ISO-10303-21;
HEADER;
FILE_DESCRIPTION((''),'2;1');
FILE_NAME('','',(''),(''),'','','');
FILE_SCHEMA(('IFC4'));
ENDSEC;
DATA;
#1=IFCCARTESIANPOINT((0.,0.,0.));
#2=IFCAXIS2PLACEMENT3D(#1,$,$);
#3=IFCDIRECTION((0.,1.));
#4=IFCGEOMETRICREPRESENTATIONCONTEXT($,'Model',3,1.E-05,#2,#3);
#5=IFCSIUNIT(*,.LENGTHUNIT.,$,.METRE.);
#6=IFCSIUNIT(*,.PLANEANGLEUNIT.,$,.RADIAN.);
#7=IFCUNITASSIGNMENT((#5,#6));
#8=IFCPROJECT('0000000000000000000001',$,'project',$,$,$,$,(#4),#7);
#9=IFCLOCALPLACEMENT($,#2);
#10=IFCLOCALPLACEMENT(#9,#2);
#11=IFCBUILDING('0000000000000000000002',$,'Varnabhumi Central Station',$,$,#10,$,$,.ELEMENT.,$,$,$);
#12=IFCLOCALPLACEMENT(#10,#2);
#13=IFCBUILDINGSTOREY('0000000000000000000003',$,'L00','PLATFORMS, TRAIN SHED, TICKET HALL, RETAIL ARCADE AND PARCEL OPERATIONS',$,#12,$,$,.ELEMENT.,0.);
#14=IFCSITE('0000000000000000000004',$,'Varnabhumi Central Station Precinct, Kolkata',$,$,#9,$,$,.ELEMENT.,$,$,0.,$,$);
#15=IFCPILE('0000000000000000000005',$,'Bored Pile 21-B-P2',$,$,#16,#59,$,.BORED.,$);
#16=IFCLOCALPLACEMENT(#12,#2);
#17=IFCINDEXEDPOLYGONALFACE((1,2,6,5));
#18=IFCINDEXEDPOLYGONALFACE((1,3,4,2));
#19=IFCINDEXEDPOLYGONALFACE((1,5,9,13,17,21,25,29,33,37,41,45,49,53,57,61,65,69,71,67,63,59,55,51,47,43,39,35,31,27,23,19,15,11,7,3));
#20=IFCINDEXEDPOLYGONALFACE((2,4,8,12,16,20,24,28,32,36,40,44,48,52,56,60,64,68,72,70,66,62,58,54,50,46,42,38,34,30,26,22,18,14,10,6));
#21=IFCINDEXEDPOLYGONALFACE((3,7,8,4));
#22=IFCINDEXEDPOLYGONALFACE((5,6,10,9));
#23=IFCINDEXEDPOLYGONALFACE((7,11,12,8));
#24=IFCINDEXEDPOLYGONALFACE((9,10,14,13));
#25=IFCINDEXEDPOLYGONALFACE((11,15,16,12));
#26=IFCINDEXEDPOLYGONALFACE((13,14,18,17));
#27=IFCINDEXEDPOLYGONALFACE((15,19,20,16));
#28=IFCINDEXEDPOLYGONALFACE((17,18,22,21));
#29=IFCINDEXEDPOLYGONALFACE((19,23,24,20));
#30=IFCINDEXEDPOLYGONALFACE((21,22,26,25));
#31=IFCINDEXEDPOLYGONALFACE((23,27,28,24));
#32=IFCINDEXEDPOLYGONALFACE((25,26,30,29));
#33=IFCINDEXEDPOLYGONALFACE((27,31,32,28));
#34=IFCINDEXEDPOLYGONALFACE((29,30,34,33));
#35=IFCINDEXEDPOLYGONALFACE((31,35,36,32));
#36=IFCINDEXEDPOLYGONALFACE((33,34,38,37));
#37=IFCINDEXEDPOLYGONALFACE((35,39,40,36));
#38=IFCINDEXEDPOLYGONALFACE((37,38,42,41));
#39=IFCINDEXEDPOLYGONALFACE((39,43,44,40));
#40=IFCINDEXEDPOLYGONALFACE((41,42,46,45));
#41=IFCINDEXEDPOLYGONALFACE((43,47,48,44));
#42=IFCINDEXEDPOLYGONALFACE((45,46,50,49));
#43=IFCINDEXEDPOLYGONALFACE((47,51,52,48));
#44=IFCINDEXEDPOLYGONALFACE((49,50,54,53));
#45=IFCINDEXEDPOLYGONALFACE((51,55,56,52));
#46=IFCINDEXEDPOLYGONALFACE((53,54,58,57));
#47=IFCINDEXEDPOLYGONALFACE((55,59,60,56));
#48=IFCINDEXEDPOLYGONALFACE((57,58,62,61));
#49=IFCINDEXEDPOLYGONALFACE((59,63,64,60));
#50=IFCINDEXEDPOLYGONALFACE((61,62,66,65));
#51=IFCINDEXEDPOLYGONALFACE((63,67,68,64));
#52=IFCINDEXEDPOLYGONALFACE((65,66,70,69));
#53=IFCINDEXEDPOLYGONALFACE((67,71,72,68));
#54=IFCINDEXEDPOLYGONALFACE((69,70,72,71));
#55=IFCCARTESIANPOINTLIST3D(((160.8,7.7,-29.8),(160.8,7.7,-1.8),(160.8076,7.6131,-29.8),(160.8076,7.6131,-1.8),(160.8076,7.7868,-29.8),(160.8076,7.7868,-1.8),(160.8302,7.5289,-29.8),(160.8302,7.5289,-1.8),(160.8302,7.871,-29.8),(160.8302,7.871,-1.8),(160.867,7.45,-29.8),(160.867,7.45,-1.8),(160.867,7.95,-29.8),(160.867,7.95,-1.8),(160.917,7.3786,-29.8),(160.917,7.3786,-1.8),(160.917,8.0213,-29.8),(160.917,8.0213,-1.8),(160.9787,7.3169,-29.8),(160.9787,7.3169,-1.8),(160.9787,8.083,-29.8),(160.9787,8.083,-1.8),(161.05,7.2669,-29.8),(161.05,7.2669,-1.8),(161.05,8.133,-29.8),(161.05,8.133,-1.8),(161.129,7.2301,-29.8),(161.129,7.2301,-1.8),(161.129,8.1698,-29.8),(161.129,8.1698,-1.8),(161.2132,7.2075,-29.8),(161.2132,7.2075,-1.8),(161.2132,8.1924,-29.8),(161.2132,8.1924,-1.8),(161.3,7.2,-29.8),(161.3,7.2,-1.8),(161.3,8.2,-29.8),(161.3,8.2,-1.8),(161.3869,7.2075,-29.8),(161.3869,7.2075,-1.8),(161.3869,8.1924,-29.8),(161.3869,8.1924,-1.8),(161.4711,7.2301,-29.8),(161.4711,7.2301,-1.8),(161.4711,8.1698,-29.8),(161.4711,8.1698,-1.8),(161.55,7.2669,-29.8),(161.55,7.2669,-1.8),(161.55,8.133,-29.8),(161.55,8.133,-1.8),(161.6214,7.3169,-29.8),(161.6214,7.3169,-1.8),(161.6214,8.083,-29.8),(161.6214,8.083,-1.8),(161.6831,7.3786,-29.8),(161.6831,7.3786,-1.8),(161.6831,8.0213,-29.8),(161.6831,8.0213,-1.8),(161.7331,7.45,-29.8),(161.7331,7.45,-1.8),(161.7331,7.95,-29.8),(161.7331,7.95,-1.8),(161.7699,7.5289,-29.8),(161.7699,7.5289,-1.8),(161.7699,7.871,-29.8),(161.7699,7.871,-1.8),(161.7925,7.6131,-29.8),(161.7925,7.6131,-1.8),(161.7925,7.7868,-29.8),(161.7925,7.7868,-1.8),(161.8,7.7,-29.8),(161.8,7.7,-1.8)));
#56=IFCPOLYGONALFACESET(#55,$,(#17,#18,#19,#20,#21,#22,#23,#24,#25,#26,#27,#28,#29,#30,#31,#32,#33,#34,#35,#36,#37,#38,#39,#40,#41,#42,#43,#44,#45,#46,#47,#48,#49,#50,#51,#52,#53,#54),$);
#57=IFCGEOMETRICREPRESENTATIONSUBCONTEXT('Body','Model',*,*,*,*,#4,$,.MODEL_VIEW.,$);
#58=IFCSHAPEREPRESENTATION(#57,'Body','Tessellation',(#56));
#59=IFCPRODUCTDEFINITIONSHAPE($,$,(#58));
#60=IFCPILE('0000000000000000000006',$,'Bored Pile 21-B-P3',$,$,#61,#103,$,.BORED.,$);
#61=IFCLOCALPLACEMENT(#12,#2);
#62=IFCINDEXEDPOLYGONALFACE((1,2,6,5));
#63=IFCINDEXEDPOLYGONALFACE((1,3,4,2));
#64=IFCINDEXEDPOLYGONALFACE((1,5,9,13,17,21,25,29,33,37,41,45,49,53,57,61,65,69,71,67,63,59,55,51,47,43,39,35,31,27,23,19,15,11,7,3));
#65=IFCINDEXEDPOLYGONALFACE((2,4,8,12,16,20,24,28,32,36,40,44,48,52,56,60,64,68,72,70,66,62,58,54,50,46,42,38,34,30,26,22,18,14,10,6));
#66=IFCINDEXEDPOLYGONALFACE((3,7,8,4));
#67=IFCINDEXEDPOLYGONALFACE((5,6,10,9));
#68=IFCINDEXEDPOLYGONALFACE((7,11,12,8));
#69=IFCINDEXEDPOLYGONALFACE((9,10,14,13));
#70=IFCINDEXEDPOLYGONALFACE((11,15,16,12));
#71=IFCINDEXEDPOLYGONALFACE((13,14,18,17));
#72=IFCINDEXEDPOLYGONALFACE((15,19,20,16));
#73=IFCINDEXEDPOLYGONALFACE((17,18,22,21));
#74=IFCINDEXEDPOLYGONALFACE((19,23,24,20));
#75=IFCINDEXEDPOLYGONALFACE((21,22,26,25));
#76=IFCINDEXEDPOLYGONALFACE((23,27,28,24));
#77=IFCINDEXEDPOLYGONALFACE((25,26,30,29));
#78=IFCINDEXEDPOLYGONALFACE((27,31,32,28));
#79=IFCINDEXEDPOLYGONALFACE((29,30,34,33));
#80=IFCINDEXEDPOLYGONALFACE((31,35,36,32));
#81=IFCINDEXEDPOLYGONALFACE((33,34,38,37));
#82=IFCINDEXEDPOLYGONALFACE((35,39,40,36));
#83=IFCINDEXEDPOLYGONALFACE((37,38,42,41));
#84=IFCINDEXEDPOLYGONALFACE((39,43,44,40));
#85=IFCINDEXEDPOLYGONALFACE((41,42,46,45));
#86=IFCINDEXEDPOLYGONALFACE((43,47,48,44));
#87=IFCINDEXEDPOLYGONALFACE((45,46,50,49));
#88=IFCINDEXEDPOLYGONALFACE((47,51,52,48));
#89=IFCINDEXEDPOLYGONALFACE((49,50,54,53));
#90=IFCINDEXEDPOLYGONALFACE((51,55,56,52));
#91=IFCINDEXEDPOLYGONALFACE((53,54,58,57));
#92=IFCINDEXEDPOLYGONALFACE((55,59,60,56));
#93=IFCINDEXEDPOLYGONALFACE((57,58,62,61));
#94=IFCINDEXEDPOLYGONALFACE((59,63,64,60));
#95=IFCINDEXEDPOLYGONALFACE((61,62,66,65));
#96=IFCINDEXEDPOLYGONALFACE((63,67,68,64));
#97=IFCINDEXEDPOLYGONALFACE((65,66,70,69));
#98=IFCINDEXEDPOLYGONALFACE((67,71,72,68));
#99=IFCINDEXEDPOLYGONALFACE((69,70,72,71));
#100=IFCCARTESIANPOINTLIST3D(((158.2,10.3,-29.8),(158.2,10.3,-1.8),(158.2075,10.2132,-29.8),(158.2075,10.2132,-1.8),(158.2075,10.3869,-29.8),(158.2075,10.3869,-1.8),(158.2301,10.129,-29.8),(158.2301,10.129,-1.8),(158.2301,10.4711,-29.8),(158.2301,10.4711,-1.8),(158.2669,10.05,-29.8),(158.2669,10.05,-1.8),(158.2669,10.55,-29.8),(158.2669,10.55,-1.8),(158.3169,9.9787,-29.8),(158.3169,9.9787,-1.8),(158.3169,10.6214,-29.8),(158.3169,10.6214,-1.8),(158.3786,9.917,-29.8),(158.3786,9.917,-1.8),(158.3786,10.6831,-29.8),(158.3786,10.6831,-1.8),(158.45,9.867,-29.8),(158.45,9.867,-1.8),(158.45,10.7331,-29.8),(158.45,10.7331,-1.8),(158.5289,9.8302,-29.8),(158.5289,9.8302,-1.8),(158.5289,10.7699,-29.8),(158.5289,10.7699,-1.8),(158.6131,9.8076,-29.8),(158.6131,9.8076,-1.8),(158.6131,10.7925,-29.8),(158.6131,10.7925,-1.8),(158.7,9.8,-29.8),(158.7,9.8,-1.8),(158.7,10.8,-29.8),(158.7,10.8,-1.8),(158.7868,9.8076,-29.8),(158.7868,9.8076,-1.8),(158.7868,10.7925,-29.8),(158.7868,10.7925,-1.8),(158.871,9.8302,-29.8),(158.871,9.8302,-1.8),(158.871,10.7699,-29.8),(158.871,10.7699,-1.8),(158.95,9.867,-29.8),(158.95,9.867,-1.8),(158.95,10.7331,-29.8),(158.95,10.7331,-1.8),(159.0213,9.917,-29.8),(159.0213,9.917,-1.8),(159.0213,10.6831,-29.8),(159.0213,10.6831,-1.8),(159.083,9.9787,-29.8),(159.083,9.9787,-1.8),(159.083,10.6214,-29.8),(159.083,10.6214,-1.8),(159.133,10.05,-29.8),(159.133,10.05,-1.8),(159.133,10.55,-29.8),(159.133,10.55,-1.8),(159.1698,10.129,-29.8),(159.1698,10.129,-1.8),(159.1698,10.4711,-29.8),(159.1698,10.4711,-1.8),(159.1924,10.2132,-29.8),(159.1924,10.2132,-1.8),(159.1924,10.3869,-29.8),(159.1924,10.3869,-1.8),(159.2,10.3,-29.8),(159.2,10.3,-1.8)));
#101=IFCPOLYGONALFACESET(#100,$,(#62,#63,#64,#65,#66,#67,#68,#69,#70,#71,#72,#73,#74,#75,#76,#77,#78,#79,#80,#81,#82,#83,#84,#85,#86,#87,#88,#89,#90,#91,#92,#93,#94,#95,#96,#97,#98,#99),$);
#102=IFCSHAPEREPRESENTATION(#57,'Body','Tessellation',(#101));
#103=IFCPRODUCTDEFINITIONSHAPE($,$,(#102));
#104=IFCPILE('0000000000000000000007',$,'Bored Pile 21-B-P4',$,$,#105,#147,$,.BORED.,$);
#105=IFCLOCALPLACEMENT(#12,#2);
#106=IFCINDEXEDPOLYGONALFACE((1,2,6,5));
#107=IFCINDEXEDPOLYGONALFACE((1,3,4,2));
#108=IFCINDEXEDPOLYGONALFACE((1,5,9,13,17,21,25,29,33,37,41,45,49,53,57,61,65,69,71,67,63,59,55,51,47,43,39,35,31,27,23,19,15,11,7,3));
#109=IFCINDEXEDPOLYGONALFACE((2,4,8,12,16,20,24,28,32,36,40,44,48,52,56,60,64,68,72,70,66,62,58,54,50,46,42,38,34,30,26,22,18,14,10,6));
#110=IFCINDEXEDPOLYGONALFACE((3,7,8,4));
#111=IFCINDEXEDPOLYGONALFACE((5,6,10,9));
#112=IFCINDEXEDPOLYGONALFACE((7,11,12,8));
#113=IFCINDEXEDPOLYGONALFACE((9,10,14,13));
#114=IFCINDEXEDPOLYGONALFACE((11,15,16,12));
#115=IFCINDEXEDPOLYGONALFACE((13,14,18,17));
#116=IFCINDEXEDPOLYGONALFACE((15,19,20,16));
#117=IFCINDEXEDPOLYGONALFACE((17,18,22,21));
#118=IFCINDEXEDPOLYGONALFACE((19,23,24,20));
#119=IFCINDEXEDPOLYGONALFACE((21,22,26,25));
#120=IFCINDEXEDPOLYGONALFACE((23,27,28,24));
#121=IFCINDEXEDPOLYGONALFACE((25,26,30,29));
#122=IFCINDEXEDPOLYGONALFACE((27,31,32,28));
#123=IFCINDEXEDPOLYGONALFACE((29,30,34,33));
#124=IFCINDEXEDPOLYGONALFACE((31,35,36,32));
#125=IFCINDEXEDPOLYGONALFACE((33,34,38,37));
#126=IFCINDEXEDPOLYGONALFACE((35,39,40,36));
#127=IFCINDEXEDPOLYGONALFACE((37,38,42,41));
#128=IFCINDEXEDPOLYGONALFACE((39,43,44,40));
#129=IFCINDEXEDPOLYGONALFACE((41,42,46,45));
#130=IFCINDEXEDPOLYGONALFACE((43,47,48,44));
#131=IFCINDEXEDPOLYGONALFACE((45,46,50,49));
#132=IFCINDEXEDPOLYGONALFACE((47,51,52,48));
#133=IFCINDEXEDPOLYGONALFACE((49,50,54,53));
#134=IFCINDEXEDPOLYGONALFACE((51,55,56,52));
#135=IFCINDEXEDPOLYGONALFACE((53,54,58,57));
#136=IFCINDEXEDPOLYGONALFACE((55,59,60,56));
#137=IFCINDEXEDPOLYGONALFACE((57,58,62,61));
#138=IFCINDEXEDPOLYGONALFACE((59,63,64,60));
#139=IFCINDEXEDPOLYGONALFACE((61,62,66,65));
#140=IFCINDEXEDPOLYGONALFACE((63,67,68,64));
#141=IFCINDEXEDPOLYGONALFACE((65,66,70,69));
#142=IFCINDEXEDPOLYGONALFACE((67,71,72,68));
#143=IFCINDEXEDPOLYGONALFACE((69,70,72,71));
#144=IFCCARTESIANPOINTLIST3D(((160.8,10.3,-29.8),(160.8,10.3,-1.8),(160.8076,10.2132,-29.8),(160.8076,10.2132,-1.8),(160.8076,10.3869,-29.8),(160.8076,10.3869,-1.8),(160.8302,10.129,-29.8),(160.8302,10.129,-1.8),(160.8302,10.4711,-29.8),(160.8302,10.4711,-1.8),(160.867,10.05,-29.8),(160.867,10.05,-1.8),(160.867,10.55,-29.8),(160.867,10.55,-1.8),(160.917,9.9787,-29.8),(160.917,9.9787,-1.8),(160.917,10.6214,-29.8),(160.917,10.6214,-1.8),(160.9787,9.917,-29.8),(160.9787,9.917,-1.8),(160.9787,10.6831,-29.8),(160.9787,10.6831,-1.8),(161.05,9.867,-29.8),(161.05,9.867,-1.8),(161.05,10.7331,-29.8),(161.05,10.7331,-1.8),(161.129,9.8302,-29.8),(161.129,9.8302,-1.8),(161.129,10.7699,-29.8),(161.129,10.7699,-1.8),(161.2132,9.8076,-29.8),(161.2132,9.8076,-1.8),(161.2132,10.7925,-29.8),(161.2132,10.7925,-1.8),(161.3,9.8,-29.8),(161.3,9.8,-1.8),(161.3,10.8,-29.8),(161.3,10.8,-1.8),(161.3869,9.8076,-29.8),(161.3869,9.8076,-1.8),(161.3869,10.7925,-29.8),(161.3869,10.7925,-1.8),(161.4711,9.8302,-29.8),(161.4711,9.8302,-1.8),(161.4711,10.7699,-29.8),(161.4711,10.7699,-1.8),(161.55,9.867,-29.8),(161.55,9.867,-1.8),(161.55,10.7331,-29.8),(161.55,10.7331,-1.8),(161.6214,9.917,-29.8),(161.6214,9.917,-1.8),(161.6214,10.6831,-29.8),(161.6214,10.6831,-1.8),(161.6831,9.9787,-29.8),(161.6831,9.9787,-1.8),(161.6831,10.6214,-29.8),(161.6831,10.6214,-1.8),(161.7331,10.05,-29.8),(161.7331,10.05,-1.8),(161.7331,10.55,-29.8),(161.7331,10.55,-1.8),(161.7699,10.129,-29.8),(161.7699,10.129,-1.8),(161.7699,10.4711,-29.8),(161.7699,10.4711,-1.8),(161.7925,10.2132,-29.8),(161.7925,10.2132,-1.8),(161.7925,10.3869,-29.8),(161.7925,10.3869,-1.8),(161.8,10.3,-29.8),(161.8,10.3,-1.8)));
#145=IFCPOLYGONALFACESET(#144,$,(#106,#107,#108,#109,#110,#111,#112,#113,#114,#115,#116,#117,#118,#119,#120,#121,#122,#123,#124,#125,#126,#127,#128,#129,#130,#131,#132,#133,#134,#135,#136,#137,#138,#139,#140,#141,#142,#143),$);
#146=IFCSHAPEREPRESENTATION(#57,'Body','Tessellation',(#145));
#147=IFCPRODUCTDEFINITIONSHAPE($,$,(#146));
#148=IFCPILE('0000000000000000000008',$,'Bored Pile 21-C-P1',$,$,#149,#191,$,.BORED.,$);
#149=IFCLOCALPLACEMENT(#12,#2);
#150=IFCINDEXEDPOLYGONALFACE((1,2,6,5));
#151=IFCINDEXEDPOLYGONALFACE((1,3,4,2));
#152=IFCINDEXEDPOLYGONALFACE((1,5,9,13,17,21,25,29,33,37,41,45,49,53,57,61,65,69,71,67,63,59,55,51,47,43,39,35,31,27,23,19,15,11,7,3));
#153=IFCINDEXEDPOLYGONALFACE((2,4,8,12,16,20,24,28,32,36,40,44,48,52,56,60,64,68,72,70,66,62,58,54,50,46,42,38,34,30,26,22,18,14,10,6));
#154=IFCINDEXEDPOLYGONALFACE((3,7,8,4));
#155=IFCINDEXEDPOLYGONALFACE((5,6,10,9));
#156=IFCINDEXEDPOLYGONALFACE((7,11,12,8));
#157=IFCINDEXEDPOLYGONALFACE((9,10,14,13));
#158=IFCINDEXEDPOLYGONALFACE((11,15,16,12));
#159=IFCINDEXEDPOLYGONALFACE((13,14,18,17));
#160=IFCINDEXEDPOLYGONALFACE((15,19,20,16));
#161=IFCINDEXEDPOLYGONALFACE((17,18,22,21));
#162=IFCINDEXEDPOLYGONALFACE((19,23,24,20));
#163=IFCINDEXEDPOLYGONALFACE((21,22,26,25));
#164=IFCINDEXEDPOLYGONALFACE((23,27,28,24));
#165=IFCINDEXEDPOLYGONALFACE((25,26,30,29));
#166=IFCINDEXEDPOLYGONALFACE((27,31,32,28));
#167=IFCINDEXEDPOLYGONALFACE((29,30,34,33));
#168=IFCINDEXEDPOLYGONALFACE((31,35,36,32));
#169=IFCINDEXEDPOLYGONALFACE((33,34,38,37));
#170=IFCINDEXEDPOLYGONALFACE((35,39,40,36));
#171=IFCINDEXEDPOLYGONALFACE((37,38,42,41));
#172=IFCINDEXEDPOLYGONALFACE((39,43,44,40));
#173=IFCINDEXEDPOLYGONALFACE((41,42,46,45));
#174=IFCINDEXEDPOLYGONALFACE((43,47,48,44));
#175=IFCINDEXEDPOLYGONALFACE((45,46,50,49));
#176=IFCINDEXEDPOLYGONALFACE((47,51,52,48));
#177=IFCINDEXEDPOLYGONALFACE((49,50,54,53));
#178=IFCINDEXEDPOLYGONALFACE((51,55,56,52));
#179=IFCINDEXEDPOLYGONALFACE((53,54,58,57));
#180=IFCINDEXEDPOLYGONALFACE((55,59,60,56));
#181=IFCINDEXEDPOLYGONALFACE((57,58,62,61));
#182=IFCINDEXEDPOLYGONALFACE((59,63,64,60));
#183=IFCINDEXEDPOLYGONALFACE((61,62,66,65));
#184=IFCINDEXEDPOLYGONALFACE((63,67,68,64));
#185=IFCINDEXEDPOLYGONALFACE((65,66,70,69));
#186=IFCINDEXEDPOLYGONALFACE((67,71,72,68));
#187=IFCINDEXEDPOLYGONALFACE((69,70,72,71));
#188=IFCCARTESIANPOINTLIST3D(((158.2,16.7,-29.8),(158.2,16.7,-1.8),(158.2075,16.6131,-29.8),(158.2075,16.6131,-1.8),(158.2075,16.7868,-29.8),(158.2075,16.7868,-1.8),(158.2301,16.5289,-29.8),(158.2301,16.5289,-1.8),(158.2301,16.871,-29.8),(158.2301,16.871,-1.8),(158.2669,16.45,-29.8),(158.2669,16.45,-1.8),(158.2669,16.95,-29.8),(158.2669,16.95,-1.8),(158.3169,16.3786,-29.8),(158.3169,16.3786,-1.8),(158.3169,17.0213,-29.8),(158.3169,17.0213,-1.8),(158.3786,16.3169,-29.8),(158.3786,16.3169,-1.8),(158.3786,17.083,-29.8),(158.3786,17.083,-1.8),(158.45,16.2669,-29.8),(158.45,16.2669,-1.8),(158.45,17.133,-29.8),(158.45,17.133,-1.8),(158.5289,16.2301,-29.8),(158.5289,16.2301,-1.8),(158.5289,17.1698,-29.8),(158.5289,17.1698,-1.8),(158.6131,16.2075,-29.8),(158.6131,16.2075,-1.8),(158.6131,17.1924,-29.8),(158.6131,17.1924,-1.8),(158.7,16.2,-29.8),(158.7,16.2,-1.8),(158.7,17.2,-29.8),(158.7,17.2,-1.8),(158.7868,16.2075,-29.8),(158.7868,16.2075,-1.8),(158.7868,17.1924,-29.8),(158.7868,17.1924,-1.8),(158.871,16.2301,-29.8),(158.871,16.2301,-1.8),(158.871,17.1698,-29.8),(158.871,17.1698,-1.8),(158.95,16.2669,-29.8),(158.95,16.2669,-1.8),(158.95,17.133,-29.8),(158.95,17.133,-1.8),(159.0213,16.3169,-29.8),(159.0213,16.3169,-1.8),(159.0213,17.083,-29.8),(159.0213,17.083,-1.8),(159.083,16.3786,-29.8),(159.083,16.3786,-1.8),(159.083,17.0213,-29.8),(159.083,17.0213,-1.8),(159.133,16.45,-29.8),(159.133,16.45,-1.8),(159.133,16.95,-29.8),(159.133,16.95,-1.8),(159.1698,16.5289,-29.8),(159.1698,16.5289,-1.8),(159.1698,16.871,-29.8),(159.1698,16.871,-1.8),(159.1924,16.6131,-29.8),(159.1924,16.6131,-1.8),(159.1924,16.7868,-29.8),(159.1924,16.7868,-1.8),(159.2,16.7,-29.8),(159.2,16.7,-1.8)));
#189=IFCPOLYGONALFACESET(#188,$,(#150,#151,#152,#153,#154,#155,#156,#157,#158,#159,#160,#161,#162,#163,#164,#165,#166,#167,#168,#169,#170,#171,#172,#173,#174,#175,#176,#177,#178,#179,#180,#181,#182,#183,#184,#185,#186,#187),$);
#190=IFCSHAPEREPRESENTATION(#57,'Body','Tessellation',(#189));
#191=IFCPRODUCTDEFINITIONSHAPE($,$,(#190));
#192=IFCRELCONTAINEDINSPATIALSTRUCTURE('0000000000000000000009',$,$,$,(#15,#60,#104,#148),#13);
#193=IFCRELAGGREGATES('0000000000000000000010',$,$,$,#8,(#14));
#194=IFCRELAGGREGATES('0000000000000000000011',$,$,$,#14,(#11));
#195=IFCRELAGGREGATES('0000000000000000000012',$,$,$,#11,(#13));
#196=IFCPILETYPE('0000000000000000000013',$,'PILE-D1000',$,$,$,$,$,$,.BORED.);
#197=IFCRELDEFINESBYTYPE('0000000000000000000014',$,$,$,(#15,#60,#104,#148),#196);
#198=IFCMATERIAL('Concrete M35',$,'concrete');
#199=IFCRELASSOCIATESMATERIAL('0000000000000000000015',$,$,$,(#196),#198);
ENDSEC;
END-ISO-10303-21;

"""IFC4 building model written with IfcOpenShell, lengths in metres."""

from ifc_helpers import new_model, si_unit, direction, frame, origin, origin_2d, place, context, subcontext, project, spatial, circle, extrude, material, material_profile, profile_set, type_object, element, save


model = new_model("IFC4")

# Units and contexts
model_context = context("Model", 3, precision=1e-05, world=origin(), true_north=direction((0.0, 1.0)))
body_context = subcontext(model_context, "Body", "Model", "MODEL_VIEW")
ifc_project = project(units=[si_unit("LENGTHUNIT", "METRE"), si_unit("PLANEANGLEUNIT", "RADIAN")], contexts=[model_context])

# Site, building, storey
site_placement = place(None, origin())
site = spatial("IfcSite", under=ifc_project, at=site_placement, Name="Varnabhumi Central Station Precinct, Kolkata", CompositionType="ELEMENT", RefElevation=0.0)
building_placement = place(site_placement, origin())
building = spatial("IfcBuilding", under=site, at=building_placement, Name="Varnabhumi Central Station", CompositionType="ELEMENT")
storey_placement = place(building_placement, origin())
storey = spatial("IfcBuildingStorey", under=building, at=storey_placement, Name="L00", Description="PLATFORMS, TRAIN SHED, TICKET HALL, RETAIL ARCADE AND PARCEL OPERATIONS", CompositionType="ELEMENT", Elevation=0.0)

# Piles
ifc_material_1 = material(Name="Concrete M35", Category="concrete")
ifc_material_profile_1 = material_profile(ifc_material_1, circle(Radius=0.5, at=origin_2d()), Name="Concrete M35", Category="concrete")
ifc_profile_set_1 = profile_set([ifc_material_profile_1], Name="Concrete M35")
pile_type_1 = type_object("IfcPileType", Name="PILE-D1000", PredefinedType="BORED", material=ifc_profile_set_1)
for number, where, z_axis, x_axis, name in (
    (1, (161.3, 7.7, -1.8), (0.0, 0.0, -1.0), (1.0, 0.0, 0.0), "Bored Pile 21-B-P2"),
    (2, (158.7, 10.3, -1.8), (0.0, 0.0, -1.0), (1.0, 0.0, 0.0), "Bored Pile 21-B-P3"),
    (3, (161.3, 10.3, -1.8), (0.0, 0.0, -1.0), (1.0, 0.0, 0.0), "Bored Pile 21-B-P4"),
    (4, (158.7, 16.7, -1.8), (0.0, 0.0, -1.0), (1.0, 0.0, 0.0), "Bored Pile 21-C-P1"),
):
    element("IfcPile", number, at=place(storey_placement, frame(where, z_axis=z_axis, x_axis=x_axis)), inside=storey, type_object=pile_type_1, Name=name, PredefinedType="BORED", context=body_context, shape_type="SweptSolid", body=[
        extrude(circle(Radius=0.5, at=origin_2d()), origin(), (0.0, 0.0, 1.0), 28.0),
    ])

save(model, "model.ifc")
